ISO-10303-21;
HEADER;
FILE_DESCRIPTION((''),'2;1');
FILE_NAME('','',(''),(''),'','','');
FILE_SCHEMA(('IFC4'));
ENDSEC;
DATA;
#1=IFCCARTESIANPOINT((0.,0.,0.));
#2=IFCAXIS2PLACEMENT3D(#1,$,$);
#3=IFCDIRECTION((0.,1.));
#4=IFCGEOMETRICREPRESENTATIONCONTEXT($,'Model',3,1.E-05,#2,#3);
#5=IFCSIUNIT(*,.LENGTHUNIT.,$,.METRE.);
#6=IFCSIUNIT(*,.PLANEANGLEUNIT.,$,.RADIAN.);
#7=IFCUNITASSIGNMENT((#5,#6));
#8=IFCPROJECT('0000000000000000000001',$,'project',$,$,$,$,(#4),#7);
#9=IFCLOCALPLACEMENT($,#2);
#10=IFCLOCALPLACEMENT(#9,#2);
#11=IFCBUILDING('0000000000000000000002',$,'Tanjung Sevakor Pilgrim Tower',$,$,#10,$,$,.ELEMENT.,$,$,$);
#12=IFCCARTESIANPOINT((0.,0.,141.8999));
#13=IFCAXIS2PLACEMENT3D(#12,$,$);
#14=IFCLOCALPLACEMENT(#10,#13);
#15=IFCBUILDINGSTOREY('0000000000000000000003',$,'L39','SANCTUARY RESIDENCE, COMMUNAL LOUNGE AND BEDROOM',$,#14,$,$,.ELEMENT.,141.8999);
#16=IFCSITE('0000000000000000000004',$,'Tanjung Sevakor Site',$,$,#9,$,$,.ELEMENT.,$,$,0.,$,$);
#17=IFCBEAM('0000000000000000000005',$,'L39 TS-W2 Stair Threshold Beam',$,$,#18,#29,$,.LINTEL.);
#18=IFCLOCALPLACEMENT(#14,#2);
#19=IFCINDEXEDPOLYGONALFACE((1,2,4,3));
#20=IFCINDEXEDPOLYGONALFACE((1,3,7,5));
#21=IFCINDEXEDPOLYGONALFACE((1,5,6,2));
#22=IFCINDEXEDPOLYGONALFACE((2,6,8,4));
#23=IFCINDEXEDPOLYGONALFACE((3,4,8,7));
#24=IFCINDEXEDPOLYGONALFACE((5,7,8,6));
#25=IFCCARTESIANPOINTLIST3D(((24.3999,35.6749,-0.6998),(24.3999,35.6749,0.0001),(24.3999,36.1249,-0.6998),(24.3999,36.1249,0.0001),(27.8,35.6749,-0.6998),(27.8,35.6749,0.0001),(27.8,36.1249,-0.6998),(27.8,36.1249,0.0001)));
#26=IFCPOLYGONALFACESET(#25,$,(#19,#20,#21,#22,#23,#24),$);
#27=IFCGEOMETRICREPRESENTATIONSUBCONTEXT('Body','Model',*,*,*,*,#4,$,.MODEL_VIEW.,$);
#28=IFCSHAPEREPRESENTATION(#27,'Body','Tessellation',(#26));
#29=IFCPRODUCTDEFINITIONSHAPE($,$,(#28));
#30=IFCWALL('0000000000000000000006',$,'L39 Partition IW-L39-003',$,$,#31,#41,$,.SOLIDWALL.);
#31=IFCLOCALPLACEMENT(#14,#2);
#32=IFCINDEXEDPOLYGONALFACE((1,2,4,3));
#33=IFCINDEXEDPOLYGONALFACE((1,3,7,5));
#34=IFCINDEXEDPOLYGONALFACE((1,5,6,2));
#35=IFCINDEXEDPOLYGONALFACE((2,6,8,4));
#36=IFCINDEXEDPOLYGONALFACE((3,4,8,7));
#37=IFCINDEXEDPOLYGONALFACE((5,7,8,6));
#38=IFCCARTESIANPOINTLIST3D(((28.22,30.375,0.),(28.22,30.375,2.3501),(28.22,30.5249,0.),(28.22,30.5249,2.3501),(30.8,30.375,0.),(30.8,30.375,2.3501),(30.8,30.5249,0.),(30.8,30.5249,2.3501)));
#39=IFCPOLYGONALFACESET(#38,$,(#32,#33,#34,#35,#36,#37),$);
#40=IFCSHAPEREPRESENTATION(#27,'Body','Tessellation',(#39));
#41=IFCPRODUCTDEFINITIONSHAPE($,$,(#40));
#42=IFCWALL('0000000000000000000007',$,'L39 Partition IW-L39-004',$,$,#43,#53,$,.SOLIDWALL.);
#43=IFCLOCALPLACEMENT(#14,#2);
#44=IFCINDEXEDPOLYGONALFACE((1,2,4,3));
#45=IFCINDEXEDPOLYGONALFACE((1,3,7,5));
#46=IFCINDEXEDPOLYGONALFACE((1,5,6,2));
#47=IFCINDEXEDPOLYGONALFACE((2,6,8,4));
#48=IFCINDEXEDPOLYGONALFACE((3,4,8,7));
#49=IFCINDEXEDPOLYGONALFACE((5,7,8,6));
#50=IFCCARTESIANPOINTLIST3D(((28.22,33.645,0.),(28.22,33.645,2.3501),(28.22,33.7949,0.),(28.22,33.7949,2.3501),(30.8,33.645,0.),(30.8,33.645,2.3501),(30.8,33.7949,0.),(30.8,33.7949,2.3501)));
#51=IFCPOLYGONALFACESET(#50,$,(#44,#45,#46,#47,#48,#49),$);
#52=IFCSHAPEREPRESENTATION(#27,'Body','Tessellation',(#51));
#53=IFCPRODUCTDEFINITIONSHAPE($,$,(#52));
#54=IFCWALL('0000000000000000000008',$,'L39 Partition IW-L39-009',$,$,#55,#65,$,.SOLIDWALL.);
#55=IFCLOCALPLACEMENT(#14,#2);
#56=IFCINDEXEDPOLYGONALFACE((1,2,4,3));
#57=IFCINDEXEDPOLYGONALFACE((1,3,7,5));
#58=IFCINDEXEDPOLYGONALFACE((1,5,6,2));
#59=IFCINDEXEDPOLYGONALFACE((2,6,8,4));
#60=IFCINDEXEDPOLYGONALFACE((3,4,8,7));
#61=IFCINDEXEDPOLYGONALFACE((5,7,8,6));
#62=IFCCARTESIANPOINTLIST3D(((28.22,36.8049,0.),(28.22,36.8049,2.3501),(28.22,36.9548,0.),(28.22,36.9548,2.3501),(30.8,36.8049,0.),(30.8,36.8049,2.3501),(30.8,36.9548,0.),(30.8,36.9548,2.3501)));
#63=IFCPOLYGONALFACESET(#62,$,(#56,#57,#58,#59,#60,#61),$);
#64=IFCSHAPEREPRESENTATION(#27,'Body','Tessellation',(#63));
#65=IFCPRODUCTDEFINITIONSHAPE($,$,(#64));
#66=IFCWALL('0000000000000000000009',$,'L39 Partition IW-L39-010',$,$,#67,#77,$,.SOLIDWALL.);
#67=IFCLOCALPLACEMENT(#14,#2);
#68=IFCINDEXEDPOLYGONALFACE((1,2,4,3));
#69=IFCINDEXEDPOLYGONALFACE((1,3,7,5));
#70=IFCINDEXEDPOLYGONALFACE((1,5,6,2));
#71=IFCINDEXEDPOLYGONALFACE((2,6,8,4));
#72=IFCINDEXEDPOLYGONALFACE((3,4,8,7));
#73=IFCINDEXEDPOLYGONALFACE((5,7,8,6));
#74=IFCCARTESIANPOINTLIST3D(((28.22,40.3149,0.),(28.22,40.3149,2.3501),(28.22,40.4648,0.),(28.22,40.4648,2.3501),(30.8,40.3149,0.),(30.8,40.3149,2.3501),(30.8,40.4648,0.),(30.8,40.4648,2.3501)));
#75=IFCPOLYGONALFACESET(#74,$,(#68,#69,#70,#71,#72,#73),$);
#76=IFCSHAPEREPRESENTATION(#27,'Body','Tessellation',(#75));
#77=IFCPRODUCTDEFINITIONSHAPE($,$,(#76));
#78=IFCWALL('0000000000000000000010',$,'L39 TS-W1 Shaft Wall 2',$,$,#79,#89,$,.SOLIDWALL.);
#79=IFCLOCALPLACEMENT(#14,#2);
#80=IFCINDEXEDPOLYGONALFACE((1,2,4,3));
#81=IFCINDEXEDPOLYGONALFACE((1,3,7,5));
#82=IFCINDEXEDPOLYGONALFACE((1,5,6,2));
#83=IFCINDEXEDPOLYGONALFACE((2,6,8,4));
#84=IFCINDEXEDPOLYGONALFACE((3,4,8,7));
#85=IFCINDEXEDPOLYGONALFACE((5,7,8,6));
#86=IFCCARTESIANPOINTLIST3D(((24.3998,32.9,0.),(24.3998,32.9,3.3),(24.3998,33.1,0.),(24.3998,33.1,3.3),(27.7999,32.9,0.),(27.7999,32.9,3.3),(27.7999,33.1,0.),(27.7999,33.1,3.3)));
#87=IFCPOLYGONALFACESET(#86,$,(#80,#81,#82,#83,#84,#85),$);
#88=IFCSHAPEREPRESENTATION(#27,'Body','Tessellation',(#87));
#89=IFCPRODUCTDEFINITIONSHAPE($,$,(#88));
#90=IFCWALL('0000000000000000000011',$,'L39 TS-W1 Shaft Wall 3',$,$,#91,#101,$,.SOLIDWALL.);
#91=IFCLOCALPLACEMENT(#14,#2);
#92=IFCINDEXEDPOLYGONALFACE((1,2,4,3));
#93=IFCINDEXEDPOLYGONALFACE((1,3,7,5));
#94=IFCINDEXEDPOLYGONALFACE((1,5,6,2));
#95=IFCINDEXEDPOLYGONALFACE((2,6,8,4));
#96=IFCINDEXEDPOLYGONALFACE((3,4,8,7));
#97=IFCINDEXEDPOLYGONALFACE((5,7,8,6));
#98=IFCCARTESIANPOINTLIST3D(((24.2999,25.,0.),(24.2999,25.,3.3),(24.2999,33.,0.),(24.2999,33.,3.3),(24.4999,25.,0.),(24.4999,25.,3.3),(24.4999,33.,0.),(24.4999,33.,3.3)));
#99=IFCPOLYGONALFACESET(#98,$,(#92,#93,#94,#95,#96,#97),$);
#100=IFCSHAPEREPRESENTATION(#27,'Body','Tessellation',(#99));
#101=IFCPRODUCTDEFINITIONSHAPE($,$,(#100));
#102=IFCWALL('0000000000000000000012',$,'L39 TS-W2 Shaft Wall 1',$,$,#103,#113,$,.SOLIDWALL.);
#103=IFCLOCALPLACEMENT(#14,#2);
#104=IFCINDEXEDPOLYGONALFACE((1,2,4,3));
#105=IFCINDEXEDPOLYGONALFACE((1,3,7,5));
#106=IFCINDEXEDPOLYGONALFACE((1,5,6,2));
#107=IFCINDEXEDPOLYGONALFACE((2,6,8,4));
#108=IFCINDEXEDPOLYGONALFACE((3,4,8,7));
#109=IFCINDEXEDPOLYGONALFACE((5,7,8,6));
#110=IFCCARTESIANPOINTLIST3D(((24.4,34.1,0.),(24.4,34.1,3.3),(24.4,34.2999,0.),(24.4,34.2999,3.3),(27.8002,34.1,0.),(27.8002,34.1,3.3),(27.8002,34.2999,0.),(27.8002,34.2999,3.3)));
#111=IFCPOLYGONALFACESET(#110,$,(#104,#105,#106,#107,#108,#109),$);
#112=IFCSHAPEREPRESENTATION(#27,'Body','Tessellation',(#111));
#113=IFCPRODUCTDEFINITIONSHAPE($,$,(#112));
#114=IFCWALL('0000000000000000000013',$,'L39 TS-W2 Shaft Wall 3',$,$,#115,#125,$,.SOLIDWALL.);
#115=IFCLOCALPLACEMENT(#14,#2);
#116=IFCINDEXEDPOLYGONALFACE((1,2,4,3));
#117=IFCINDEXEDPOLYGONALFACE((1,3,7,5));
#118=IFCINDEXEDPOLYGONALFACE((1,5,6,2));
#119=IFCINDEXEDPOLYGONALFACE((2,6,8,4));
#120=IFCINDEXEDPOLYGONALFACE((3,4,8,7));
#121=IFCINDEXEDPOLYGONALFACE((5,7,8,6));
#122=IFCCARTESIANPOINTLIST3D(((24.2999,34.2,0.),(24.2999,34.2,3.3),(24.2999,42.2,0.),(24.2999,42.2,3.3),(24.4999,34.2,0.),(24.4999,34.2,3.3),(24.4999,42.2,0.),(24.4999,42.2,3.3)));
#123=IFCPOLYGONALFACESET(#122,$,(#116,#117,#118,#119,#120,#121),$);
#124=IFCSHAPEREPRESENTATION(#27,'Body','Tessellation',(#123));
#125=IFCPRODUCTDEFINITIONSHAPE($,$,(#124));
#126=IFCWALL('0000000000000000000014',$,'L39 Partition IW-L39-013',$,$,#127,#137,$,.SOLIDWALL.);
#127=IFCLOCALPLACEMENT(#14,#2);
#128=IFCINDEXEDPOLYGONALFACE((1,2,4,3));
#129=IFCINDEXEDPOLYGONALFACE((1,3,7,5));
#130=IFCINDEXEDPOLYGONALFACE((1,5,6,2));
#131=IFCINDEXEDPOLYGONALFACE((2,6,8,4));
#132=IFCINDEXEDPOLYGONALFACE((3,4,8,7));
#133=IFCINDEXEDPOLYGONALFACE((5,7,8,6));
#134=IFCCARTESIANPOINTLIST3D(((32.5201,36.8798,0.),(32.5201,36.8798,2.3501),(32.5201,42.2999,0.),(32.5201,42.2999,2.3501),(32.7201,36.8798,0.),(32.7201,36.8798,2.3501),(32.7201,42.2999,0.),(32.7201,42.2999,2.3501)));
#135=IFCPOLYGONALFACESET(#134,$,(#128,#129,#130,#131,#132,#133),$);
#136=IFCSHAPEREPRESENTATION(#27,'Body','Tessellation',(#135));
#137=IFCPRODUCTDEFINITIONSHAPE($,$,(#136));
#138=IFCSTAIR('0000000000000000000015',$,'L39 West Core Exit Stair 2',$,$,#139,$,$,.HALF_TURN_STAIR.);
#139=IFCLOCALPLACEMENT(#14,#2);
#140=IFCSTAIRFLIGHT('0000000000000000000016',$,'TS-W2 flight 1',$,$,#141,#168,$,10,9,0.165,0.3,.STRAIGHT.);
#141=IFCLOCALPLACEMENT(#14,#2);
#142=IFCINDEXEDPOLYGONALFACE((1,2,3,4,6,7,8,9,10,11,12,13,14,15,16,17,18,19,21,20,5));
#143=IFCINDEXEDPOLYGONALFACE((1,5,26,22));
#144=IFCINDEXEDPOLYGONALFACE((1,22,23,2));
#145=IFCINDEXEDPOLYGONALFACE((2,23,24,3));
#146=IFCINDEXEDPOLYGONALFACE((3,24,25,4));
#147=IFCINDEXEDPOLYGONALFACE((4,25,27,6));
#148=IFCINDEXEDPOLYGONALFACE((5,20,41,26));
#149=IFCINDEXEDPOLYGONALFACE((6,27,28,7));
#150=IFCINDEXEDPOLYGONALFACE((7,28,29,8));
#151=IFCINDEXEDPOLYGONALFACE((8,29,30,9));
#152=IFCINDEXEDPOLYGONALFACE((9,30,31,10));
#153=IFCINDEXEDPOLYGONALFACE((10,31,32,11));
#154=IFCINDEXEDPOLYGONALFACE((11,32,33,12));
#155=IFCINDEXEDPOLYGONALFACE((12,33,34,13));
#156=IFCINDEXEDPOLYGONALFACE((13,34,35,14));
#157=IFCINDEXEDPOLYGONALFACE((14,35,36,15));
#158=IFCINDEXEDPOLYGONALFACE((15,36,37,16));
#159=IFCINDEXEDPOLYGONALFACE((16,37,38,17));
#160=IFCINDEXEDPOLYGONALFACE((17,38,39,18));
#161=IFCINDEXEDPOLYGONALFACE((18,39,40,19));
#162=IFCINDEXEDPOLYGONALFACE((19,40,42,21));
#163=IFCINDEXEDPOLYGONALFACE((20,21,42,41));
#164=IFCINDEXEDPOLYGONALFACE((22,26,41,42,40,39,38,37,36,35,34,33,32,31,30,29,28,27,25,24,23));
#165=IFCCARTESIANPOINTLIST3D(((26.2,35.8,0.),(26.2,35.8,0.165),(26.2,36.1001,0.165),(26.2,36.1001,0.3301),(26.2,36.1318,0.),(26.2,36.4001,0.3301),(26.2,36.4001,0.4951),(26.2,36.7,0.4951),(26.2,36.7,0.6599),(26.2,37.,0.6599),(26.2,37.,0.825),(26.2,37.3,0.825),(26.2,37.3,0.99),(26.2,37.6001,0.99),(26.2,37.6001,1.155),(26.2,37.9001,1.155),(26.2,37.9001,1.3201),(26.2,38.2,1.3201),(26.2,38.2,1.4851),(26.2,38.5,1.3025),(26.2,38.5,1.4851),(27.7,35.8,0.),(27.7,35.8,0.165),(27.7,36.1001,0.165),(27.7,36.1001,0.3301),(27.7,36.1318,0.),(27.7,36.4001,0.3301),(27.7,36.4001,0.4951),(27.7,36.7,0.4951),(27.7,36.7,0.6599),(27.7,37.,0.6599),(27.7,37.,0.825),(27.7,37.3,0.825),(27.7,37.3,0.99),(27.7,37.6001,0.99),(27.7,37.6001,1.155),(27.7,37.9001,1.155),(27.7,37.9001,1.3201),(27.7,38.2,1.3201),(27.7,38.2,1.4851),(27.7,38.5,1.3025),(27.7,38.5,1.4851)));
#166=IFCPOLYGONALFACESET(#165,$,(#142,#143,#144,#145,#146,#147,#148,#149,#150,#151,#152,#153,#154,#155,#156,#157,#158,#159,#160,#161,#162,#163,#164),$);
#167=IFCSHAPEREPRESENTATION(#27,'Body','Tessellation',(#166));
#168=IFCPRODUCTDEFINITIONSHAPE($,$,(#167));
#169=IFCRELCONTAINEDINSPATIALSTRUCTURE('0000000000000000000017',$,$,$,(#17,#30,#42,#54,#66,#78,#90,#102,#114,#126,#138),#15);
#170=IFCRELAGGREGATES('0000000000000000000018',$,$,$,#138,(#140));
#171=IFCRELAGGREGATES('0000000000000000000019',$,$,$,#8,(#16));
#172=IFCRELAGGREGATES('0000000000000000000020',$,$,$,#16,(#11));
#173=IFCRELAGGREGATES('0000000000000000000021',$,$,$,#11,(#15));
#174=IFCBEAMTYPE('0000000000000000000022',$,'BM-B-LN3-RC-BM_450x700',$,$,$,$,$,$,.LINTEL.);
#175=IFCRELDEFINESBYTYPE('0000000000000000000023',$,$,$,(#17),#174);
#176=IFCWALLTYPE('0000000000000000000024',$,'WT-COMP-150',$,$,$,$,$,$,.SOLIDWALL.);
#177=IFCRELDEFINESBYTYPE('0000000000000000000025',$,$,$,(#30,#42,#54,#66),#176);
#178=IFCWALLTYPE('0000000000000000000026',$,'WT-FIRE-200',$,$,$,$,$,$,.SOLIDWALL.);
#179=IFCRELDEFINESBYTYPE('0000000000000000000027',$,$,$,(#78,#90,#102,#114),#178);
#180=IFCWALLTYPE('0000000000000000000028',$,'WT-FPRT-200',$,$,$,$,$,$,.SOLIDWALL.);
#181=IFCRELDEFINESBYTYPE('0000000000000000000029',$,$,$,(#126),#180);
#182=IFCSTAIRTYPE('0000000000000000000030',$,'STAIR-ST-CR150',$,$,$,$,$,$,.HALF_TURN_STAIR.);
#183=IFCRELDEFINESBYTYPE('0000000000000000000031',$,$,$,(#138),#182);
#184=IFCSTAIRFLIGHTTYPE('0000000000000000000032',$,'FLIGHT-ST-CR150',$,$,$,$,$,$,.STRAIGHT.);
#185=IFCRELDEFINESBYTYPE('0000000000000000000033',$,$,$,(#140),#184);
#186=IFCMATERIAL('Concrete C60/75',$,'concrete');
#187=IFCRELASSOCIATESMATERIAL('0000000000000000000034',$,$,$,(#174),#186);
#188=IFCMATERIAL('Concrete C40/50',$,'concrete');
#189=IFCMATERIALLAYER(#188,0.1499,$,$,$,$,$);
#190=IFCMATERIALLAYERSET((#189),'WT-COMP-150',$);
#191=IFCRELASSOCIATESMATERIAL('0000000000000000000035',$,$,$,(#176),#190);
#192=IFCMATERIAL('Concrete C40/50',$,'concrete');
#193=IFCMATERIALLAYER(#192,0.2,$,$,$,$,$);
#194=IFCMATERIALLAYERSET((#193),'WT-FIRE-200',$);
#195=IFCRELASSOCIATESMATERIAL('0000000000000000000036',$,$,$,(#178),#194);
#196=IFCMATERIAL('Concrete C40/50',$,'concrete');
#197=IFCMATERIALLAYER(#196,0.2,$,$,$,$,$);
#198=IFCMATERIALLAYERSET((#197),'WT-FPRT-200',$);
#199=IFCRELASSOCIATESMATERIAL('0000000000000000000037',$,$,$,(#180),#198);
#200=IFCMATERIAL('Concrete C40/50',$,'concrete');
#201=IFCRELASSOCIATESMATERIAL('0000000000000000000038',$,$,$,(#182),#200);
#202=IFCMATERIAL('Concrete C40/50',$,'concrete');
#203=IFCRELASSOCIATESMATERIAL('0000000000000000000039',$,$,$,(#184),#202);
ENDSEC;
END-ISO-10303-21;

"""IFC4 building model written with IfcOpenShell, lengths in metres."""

from ifc_helpers import new_model, si_unit, direction, frame, frame_2d, origin, origin_2d, place, context, subcontext, project, spatial, polyline, rectangle, outline, extrude, material, layer, layer_set, material_profile, profile_set, type_object, element, aggregate, save


model = new_model("IFC4")

# Units and contexts
model_context = context("Model", 3, precision=1e-05, world=origin(), true_north=direction((0.0, 1.0)))
body_context = subcontext(model_context, "Body", "Model", "MODEL_VIEW")
ifc_project = project(units=[si_unit("LENGTHUNIT", "METRE"), si_unit("PLANEANGLEUNIT", "RADIAN")], contexts=[model_context])

# Site, building, storey
site_placement = place(None, origin())
site = spatial("IfcSite", under=ifc_project, at=site_placement, Name="Tanjung Sevakor Site", CompositionType="ELEMENT", RefElevation=0.0)
building_placement = place(site_placement, origin())
building = spatial("IfcBuilding", under=site, at=building_placement, Name="Tanjung Sevakor Pilgrim Tower", CompositionType="ELEMENT")
storey_placement = place(building_placement, frame((0.0, 0.0, 141.8999)))
storey = spatial("IfcBuildingStorey", under=building, at=storey_placement, Name="L39", Description="SANCTUARY RESIDENCE, COMMUNAL LOUNGE AND BEDROOM", CompositionType="ELEMENT", Elevation=141.8999)

# Beam
ifc_material_1 = material(Name="Concrete C60/75", Category="concrete")
ifc_material_profile = material_profile(ifc_material_1, rectangle(XDim=0.45, YDim=0.7, at=origin_2d()))
ifc_profile_set = profile_set([ifc_material_profile], Name="Concrete C60/75")
beam_type = type_object("IfcBeamType", Name="BM-B-LN3-RC-BM_450x700", PredefinedType="LINTEL", material=ifc_profile_set)
beam_placement = place(storey_placement, frame((24.3999, 35.8999, -0.3499), z_axis=(1.0, 0.0, 0.0), x_axis=(0.0, 1.0, 0.0)))
element("IfcBeam", 1, at=beam_placement, inside=storey, type_object=beam_type, Name="L39 TS-W2 Stair Threshold Beam", PredefinedType="LINTEL", context=body_context, shape_type="SweptSolid", body=[
    extrude(rectangle(XDim=0.45, YDim=0.7, at=origin_2d()), origin(), (0.0, 0.0, 1.0), 3.4001),
])

# Walls
ifc_material_2 = material(Name="Concrete C40/50", Category="concrete")
ifc_layer_1 = layer(ifc_material_2, 0.1499)
ifc_layer_set_1 = layer_set([ifc_layer_1], Name="WT-COMP-150")
wall_type_1 = type_object("IfcWallType", Name="WT-COMP-150", PredefinedType="SOLIDWALL", material=ifc_layer_set_1)
for number, where, z_axis, x_axis, name in (
    (2, (28.22, 30.45, 0.0), (0.0, 0.0, 1.0), (1.0, 0.0, 0.0), "L39 Partition IW-L39-003"),
    (3, (28.22, 33.72, 0.0), (0.0, 0.0, 1.0), (1.0, 0.0, 0.0), "L39 Partition IW-L39-004"),
    (4, (28.22, 36.8799, 0.0), (0.0, 0.0, 1.0), (1.0, 0.0, 0.0), "L39 Partition IW-L39-009"),
    (5, (28.22, 40.3899, 0.0), (0.0, 0.0, 1.0), (1.0, 0.0, 0.0), "L39 Partition IW-L39-010"),
):
    element("IfcWall", number, at=place(storey_placement, frame(where, z_axis=z_axis, x_axis=x_axis)), inside=storey, type_object=wall_type_1, Name=name, PredefinedType="SOLIDWALL", context=body_context, shape_type="SweptSolid", body=[
        extrude(rectangle(XDim=2.5801, YDim=0.1499, at=frame_2d((1.29, 0.0))), origin(), (0.0, 0.0, 1.0), 2.3501),
    ])

# Walls
ifc_material_3 = material(Name="Concrete C40/50", Category="concrete")
ifc_layer_2 = layer(ifc_material_3, 0.2)
ifc_layer_set_2 = layer_set([ifc_layer_2], Name="WT-FIRE-200")
wall_type_2 = type_object("IfcWallType", Name="WT-FIRE-200", PredefinedType="SOLIDWALL", material=ifc_layer_set_2)
wall_1_placement = place(storey_placement, frame((27.8, 33.0, 0.0), z_axis=(0.0, 0.0, 1.0), x_axis=(-1.0, 0.0, 0.0)))
element("IfcWall", 6, at=wall_1_placement, inside=storey, type_object=wall_type_2, Name="L39 TS-W1 Shaft Wall 2", PredefinedType="SOLIDWALL", context=body_context, shape_type="SweptSolid", body=[
    extrude(rectangle(XDim=3.4001, YDim=0.2, at=frame_2d((1.7002, 0.0))), origin(), (0.0, 0.0, 1.0), 3.3),
])
wall_2_placement = place(storey_placement, frame((24.3999, 33.0, 0.0), z_axis=(0.0, 0.0, 1.0), x_axis=(0.0, -1.0, 0.0)))
element("IfcWall", 7, at=wall_2_placement, inside=storey, type_object=wall_type_2, Name="L39 TS-W1 Shaft Wall 3", PredefinedType="SOLIDWALL", context=body_context, shape_type="SweptSolid", body=[
    extrude(rectangle(XDim=8.0, YDim=0.2, at=frame_2d((4.0, 0.0))), origin(), (0.0, 0.0, 1.0), 3.3),
])
wall_3_placement = place(storey_placement, frame((24.3999, 34.2, 0.0), z_axis=(0.0, 0.0, 1.0), x_axis=(1.0, 0.0, 0.0)))
element("IfcWall", 8, at=wall_3_placement, inside=storey, type_object=wall_type_2, Name="L39 TS-W2 Shaft Wall 1", PredefinedType="SOLIDWALL", context=body_context, shape_type="SweptSolid", body=[
    extrude(rectangle(XDim=3.4001, YDim=0.2, at=frame_2d((1.7002, 0.0))), origin(), (0.0, 0.0, 1.0), 3.3),
])
wall_4_placement = place(storey_placement, frame((24.3999, 42.2, 0.0), z_axis=(0.0, 0.0, 1.0), x_axis=(0.0, -1.0, 0.0)))
element("IfcWall", 9, at=wall_4_placement, inside=storey, type_object=wall_type_2, Name="L39 TS-W2 Shaft Wall 3", PredefinedType="SOLIDWALL", context=body_context, shape_type="SweptSolid", body=[
    extrude(rectangle(XDim=8.0, YDim=0.2, at=frame_2d((4.0, 0.0))), origin(), (0.0, 0.0, 1.0), 3.3),
])
ifc_material_4 = material(Name="Concrete C40/50", Category="concrete")
ifc_layer_3 = layer(ifc_material_4, 0.2)
ifc_layer_set_3 = layer_set([ifc_layer_3], Name="WT-FPRT-200")
wall_type_3 = type_object("IfcWallType", Name="WT-FPRT-200", PredefinedType="SOLIDWALL", material=ifc_layer_set_3)
wall_5_placement = place(storey_placement, frame((32.6201, 36.8799, 0.0), z_axis=(0.0, 0.0, 1.0), x_axis=(0.0, 1.0, 0.0)))
element("IfcWall", 10, at=wall_5_placement, inside=storey, type_object=wall_type_3, Name="L39 Partition IW-L39-013", PredefinedType="SOLIDWALL", context=body_context, shape_type="SweptSolid", body=[
    extrude(rectangle(XDim=5.4202, YDim=0.2, at=frame_2d((2.71, 0.0))), origin(), (0.0, 0.0, 1.0), 2.3501),
])

# Stair, stair flight
ifc_material_5 = material(Name="Concrete C40/50", Category="concrete")
stair_type = type_object("IfcStairType", Name="STAIR-ST-CR150", PredefinedType="HALF_TURN_STAIR", material=ifc_material_5)
stair_placement = place(storey_placement, origin())
stair = element("IfcStair", 11, at=stair_placement, inside=storey, type_object=stair_type, Name="L39 West Core Exit Stair 2", PredefinedType="HALF_TURN_STAIR")
ifc_material_6 = material(Name="Concrete C40/50", Category="concrete")
stair_flight_type = type_object("IfcStairFlightType", Name="FLIGHT-ST-CR150", PredefinedType="STRAIGHT", material=ifc_material_6)
stair_flight_1_placement = place(storey_placement, frame((26.95, 35.8, 0.0), z_axis=(0.0, 0.0, 1.0), x_axis=(0.0, 1.0, 0.0)))
stair_flight_1 = element("IfcStairFlight", 12, at=stair_flight_1_placement, type_object=stair_flight_type, Name="TS-W2 flight 1", NumberOfRisers=10, NumberOfTreads=9, PredefinedType="STRAIGHT", RiserHeight=0.165, TreadLength=0.3, context=body_context, shape_type="SweptSolid", body=[
    extrude(outline(polyline([(0.0, 0.0), (0.0, 0.165), (0.3, 0.165), (0.3, 0.3301), (0.6001, 0.3301), (0.6001, 0.4951), (0.8999, 0.4951), (0.8999, 0.6599), (1.2, 0.6599), (1.2, 0.825), (1.5, 0.825), (1.5, 0.99), (1.8, 0.99), (1.8, 1.155), (2.1001, 1.155), (2.1001, 1.3201), (2.3999, 1.3201), (2.3999, 1.4851), (2.7, 1.4851), (2.7, 1.6499), (2.7, 1.3025), (0.3318, 0.0), (0.0, 0.0)])), frame((0.0, 0.75, 0.0), z_axis=(0.0, -1.0, 0.0), x_axis=(1.0, 0.0, 0.0)), (0.0, 0.0, 1.0), 1.5),
])
aggregate(stair, [stair_flight_1])

save(model, "model.ifc")
